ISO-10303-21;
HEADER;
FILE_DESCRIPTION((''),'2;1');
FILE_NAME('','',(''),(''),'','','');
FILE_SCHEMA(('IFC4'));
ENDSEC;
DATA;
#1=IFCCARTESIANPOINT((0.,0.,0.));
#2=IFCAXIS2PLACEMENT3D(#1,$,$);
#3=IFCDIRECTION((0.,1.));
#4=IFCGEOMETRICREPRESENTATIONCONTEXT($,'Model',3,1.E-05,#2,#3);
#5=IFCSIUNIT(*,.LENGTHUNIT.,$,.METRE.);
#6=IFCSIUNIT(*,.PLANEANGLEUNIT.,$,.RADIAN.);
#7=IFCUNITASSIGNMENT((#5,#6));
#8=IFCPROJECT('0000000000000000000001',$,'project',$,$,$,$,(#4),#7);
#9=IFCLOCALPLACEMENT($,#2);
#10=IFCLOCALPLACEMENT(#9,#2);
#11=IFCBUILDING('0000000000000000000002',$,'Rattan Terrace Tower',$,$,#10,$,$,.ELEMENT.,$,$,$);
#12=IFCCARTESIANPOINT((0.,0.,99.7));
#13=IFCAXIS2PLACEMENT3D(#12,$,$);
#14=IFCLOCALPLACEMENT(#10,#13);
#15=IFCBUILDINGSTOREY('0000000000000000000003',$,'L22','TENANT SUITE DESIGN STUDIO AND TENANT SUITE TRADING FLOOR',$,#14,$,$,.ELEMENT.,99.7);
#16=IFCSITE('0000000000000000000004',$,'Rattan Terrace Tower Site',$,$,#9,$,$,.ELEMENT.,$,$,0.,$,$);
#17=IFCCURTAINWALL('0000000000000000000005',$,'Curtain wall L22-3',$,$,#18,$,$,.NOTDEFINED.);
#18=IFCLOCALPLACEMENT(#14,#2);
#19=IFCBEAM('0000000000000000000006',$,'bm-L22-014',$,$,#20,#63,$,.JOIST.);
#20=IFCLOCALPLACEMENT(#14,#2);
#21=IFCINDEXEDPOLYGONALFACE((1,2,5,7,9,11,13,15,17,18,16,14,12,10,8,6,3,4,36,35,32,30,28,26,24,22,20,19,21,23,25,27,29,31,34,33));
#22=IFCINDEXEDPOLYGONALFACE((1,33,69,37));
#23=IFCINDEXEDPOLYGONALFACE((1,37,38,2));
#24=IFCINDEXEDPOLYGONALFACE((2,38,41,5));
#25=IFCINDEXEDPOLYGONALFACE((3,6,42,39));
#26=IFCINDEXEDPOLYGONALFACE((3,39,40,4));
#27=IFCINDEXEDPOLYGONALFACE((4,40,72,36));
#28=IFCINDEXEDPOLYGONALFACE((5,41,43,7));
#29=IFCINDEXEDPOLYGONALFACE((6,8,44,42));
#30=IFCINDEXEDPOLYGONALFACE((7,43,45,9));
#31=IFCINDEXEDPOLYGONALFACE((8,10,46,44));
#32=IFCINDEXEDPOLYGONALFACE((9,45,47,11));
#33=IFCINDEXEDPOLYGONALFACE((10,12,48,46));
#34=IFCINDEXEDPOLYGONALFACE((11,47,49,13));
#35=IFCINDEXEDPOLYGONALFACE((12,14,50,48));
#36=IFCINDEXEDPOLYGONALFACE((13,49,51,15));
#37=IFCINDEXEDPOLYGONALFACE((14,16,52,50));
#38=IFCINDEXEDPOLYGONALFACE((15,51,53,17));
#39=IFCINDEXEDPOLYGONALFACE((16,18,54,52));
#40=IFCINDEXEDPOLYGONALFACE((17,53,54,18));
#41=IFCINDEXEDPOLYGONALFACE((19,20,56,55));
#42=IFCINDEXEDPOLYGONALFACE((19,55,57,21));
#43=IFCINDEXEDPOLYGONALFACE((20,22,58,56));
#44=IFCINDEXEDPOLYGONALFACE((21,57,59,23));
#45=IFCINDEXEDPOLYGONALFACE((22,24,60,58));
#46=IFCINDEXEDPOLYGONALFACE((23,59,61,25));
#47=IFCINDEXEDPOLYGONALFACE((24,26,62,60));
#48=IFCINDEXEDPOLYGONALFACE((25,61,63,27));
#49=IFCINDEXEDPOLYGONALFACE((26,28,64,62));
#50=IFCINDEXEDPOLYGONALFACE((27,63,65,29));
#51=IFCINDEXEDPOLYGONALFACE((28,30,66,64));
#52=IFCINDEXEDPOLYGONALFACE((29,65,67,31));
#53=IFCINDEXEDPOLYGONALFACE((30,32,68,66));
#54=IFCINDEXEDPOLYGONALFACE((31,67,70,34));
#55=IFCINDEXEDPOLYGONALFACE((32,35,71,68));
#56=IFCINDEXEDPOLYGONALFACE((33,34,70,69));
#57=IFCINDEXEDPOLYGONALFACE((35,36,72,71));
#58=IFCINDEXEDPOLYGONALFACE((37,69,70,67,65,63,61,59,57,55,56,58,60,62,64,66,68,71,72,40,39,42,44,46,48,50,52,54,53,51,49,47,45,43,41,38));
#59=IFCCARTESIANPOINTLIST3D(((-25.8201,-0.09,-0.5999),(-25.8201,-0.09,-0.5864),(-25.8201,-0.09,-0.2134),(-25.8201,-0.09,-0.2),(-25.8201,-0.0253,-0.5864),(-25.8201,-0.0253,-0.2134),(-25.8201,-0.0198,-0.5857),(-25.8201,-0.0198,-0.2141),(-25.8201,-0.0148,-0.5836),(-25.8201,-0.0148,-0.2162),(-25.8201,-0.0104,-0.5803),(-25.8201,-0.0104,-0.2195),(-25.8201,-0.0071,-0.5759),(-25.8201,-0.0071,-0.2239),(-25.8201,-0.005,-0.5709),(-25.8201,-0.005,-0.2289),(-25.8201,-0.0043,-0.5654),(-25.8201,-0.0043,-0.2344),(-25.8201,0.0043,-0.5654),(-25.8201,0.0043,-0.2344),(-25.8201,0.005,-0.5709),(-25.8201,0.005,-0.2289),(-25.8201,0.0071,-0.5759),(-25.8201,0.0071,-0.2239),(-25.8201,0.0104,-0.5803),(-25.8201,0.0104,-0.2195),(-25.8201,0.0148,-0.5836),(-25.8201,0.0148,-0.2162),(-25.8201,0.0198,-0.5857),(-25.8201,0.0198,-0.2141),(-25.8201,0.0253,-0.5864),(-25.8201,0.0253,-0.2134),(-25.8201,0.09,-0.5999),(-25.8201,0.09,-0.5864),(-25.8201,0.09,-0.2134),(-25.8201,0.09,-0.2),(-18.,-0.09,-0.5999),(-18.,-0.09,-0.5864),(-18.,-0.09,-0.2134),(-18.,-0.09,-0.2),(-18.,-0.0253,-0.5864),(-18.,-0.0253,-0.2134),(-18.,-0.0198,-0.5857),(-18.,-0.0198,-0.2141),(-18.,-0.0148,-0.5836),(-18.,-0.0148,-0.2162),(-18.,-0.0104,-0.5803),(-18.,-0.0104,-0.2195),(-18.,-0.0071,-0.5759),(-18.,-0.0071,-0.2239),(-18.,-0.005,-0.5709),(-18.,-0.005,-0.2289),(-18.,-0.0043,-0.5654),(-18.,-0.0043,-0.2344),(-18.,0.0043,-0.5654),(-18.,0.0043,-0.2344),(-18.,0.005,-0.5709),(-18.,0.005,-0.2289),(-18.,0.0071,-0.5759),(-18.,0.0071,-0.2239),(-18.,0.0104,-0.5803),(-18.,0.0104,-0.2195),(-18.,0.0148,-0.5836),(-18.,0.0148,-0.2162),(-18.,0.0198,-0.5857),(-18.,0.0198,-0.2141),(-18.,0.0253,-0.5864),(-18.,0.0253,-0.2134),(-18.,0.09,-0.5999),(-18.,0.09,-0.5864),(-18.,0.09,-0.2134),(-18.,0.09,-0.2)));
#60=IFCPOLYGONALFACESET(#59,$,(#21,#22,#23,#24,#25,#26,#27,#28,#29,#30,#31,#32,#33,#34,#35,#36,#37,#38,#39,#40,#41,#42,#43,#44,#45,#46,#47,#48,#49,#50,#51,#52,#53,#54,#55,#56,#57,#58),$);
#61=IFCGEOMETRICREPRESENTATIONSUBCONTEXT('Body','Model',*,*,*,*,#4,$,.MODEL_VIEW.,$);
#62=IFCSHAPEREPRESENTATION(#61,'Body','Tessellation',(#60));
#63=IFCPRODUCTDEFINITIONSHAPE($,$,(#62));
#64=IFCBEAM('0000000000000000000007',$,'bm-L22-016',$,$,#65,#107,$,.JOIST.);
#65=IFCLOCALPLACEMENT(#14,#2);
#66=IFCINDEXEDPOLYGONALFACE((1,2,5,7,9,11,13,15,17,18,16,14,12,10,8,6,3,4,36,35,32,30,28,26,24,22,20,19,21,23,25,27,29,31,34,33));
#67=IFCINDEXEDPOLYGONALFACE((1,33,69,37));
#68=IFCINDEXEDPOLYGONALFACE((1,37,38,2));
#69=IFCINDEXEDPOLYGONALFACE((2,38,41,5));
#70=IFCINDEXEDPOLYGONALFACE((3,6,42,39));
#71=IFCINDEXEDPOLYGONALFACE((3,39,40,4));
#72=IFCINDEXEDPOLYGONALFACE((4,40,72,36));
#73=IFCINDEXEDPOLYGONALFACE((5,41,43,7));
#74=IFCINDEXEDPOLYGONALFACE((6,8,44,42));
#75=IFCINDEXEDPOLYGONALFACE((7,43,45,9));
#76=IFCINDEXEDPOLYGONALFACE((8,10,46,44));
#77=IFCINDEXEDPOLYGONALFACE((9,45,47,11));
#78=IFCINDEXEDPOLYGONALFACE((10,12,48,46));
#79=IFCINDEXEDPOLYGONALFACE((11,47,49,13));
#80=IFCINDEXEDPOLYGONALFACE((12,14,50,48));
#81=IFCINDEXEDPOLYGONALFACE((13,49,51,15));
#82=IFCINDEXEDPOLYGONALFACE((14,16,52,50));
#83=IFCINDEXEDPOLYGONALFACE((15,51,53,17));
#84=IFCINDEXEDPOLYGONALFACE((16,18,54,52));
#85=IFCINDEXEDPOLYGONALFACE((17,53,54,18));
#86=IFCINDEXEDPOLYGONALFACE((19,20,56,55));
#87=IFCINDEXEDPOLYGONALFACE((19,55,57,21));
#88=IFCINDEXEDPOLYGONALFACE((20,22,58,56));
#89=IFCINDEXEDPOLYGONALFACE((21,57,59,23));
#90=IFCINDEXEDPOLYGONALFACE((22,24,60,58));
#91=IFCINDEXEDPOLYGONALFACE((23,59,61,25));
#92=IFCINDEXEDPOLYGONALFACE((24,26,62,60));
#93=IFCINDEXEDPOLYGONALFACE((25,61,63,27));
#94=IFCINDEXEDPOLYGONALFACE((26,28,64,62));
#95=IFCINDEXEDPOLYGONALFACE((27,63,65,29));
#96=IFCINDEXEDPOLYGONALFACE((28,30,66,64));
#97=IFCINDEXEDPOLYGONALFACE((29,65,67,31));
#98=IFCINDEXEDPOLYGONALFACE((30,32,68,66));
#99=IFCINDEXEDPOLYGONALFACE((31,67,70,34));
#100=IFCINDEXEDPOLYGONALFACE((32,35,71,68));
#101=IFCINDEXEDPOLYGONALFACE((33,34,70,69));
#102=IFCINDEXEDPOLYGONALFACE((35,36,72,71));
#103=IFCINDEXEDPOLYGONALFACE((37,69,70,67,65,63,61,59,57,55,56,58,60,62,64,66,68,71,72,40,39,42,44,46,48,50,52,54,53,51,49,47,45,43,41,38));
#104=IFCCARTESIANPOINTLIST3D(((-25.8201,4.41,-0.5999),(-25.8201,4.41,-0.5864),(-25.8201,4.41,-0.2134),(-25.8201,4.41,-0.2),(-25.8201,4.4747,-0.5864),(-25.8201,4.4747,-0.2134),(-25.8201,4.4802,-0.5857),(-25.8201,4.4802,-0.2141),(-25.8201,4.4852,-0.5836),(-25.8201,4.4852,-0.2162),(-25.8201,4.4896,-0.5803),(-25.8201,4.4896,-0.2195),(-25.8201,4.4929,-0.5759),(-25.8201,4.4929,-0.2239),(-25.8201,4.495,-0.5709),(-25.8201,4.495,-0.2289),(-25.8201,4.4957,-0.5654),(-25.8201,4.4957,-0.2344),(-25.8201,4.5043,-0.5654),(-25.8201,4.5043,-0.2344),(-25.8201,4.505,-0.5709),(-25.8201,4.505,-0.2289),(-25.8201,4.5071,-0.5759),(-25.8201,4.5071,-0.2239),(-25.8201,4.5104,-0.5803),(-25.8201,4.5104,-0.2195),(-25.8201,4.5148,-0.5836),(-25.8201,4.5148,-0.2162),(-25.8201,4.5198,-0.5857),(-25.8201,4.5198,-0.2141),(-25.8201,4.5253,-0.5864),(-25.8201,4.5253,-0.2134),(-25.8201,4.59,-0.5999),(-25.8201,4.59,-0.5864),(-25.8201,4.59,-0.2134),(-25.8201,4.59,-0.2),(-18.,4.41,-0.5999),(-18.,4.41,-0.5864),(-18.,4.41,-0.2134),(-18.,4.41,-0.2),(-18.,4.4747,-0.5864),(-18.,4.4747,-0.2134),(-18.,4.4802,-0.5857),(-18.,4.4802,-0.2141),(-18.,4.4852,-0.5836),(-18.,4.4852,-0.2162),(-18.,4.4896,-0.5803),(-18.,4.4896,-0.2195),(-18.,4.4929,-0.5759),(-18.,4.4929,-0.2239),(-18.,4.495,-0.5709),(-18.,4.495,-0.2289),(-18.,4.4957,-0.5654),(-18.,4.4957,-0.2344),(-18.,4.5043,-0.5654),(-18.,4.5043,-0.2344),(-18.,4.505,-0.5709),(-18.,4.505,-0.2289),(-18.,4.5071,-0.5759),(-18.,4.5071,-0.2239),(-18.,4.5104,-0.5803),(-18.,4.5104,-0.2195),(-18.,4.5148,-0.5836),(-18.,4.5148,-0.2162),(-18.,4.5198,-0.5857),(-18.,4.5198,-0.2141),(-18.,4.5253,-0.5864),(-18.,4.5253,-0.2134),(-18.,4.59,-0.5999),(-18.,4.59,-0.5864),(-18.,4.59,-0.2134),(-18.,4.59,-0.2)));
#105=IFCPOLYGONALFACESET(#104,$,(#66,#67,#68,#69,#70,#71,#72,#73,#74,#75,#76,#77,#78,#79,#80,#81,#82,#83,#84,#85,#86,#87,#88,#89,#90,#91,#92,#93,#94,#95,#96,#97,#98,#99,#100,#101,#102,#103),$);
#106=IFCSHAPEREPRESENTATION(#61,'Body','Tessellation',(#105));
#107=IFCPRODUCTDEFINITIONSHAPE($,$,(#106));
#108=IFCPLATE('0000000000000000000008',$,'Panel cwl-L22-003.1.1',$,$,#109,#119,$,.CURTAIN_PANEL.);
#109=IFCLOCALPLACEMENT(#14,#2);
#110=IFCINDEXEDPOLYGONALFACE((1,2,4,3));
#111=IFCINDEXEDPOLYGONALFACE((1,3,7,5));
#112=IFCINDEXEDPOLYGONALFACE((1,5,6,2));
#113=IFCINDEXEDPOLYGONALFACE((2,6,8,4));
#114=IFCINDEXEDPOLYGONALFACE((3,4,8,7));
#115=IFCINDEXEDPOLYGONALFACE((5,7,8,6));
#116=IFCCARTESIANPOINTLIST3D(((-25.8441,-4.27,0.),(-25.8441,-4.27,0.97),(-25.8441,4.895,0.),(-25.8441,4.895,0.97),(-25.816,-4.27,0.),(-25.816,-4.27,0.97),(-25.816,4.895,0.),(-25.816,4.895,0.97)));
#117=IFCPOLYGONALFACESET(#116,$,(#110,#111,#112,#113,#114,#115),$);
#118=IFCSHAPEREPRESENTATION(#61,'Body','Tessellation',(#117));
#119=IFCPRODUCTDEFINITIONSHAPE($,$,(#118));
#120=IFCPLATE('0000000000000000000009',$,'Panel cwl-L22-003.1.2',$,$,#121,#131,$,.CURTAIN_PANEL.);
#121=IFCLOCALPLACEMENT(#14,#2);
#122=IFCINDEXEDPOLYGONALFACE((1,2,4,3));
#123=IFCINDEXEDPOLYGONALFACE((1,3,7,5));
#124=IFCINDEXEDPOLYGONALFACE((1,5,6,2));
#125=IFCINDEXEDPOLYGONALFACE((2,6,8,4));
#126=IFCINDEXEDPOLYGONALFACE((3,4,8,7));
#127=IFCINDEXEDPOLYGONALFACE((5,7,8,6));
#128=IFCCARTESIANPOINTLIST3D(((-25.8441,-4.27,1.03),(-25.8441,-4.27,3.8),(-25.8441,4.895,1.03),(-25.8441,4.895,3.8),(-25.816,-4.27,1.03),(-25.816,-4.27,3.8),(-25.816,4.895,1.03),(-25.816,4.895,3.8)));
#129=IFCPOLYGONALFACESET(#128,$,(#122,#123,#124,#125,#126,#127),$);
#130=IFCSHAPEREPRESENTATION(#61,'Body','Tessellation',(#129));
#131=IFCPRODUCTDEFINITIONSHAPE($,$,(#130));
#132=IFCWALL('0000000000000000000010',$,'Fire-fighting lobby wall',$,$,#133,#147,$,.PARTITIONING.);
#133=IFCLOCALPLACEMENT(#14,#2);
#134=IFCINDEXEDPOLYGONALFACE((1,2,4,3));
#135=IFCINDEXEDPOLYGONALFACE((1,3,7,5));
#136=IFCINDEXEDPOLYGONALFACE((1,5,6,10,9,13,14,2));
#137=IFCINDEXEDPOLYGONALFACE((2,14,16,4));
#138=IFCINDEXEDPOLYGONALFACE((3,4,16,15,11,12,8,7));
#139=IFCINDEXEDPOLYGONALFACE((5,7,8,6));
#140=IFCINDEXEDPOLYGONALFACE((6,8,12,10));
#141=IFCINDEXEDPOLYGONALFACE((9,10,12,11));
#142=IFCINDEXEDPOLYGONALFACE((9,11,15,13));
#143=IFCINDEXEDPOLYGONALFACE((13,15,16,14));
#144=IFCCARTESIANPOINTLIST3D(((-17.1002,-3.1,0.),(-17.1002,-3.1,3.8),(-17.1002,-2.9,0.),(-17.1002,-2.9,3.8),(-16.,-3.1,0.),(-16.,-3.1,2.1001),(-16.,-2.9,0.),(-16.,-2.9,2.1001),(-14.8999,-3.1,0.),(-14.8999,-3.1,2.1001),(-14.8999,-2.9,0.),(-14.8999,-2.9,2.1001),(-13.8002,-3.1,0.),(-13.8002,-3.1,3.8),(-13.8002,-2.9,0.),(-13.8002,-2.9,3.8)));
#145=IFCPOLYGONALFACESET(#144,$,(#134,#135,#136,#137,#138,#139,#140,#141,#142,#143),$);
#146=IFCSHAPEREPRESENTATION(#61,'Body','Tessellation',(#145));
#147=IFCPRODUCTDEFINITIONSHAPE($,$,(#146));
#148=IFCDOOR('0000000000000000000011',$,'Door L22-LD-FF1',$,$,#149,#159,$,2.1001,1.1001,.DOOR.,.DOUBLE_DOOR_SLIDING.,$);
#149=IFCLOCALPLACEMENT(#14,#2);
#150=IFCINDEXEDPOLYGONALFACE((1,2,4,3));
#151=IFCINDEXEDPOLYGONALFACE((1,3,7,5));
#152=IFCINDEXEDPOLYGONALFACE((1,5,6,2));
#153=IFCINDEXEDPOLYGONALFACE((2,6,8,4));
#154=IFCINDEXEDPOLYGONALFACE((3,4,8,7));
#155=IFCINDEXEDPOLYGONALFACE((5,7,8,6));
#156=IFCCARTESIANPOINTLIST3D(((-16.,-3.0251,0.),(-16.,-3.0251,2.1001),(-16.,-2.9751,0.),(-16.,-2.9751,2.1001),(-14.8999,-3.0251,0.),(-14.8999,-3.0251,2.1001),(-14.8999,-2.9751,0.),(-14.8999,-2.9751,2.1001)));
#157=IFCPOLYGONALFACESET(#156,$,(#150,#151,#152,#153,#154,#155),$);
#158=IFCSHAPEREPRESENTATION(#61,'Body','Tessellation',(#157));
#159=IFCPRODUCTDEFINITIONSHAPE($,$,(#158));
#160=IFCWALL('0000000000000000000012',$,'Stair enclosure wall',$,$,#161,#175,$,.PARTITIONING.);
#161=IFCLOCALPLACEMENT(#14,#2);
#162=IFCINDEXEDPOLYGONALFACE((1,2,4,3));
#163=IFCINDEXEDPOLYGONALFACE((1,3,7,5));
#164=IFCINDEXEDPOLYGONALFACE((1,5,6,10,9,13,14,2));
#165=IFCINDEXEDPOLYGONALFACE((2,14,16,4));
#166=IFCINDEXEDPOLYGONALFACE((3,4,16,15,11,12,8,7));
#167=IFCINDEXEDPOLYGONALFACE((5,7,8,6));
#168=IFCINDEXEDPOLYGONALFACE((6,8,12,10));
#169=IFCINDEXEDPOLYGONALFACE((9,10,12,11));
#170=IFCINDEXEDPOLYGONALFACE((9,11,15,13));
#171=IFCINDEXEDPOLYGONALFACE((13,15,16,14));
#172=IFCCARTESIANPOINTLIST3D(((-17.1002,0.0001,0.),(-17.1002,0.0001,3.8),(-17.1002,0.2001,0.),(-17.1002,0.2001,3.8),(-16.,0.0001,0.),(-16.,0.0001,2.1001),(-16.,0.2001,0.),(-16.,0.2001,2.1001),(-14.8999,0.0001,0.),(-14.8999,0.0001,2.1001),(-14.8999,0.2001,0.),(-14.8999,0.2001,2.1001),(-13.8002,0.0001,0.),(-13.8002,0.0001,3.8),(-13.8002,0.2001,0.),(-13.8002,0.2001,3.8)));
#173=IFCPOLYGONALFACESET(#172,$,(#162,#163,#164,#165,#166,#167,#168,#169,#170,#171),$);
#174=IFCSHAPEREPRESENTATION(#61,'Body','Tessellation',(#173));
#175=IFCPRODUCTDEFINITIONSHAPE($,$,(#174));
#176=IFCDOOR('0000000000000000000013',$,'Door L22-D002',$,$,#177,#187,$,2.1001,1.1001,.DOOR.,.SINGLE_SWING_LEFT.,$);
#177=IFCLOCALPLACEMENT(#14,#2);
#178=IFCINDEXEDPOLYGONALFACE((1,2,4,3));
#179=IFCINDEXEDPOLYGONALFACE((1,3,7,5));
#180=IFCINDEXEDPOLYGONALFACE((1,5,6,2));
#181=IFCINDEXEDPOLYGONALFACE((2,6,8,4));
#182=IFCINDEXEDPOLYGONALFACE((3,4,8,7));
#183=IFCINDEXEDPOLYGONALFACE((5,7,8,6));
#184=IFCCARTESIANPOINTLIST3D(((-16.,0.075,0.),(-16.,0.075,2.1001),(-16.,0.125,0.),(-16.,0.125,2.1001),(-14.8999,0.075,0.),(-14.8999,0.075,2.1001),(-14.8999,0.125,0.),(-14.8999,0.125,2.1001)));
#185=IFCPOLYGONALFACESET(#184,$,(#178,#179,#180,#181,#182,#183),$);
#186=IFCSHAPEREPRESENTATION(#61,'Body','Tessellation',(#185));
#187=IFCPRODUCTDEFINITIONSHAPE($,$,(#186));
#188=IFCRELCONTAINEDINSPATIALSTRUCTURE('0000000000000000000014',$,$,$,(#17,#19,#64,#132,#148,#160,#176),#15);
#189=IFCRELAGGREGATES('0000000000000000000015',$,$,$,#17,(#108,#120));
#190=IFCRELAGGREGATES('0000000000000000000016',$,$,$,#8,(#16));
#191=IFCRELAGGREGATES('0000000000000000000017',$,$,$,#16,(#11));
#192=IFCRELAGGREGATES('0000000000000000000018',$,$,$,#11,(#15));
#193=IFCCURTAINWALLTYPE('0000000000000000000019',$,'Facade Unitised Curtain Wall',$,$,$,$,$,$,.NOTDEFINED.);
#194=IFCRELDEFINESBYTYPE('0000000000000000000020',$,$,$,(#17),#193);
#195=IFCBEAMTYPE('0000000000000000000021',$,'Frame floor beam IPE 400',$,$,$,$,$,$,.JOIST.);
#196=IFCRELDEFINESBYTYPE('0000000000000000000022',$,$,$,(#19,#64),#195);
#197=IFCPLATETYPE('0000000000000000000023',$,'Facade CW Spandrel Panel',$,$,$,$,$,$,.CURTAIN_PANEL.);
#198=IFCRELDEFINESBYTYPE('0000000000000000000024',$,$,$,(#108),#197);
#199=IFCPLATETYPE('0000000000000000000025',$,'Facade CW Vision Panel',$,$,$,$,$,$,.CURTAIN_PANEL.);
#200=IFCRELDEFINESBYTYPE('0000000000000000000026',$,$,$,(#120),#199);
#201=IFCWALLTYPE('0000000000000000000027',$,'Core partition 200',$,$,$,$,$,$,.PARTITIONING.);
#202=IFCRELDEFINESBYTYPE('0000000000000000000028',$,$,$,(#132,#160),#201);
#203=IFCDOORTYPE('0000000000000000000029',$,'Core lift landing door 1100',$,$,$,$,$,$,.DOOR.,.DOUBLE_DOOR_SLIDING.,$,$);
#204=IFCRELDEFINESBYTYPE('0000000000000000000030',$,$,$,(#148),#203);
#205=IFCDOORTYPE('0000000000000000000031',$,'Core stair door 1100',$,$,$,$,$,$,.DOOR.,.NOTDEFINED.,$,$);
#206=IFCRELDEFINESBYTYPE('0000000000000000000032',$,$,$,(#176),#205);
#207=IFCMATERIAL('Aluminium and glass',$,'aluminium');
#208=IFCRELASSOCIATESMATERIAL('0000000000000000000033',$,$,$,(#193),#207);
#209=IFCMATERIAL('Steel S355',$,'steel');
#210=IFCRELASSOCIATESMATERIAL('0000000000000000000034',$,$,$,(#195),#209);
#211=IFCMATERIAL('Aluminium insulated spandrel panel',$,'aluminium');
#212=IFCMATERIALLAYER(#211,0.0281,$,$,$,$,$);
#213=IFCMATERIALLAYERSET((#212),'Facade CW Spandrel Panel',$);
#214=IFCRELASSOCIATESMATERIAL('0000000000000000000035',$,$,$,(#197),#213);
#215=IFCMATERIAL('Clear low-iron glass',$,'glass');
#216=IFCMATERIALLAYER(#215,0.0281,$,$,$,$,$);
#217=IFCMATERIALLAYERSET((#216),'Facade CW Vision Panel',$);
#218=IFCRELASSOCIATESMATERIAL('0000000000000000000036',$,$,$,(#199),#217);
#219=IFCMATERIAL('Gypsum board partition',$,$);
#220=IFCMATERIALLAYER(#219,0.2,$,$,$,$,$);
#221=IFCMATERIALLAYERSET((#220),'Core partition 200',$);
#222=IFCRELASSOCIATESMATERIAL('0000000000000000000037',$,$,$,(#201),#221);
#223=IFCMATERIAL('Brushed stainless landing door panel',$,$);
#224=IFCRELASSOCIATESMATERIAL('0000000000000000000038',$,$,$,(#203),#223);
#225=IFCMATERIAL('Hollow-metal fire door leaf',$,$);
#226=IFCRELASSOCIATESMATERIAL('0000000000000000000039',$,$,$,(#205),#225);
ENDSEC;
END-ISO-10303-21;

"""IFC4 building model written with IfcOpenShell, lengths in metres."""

from ifc_helpers import new_model, si_unit, direction, frame, frame_2d, origin, origin_2d, place, context, subcontext, project, spatial, rectangle, i_section, extrude, material, layer, layer_set, material_profile, profile_set, type_object, element, fill, aggregate, save


model = new_model("IFC4")

# Units and contexts
model_context = context("Model", 3, precision=1e-05, world=origin(), true_north=direction((0.0, 1.0)))
body_context = subcontext(model_context, "Body", "Model", "MODEL_VIEW")
ifc_project = project(units=[si_unit("LENGTHUNIT", "METRE"), si_unit("PLANEANGLEUNIT", "RADIAN")], contexts=[model_context])

# Site, building, storey
site_placement = place(None, origin())
site = spatial("IfcSite", under=ifc_project, at=site_placement, Name="Rattan Terrace Tower Site", CompositionType="ELEMENT", RefElevation=0.0)
building_placement = place(site_placement, origin())
building = spatial("IfcBuilding", under=site, at=building_placement, Name="Rattan Terrace Tower", CompositionType="ELEMENT")
storey_placement = place(building_placement, frame((0.0, 0.0, 99.7)))
storey = spatial("IfcBuildingStorey", under=building, at=storey_placement, Name="L22", Description="TENANT SUITE DESIGN STUDIO AND TENANT SUITE TRADING FLOOR", CompositionType="ELEMENT", Elevation=99.7)

# Curtain wall
ifc_material_1 = material(Name="Aluminium and glass", Category="aluminium")
curtain_wall_type = type_object("IfcCurtainWallType", Name="Facade Unitised Curtain Wall", PredefinedType="NOTDEFINED", material=ifc_material_1)
curtain_wall_placement = place(storey_placement, origin())
curtain_wall = element("IfcCurtainWall", 1, at=curtain_wall_placement, inside=storey, type_object=curtain_wall_type, Name="Curtain wall L22-3", PredefinedType="NOTDEFINED")

# Beams
ifc_material_2 = material(Name="Steel S355", Category="steel")
ifc_material_profile_1 = material_profile(ifc_material_2, i_section(OverallWidth=0.1799, OverallDepth=0.3999, WebThickness=0.0085, FlangeThickness=0.0134, FilletRadius=0.021, at=origin_2d()), Name="IPE 400")
ifc_profile_set_1 = profile_set([ifc_material_profile_1], Name="Steel S355")
beam_type_1 = type_object("IfcBeamType", Name="Frame floor beam IPE 400", PredefinedType="JOIST", material=ifc_profile_set_1)
for number, where, z_axis, x_axis, name in (
    (2, (-25.8201, 0.0, -0.3999), (1.0, 0.0, 0.0), (0.0, 1.0, 0.0), "bm-L22-014"),
    (3, (-25.8201, 4.5, -0.3999), (1.0, 0.0, 0.0), (0.0, 1.0, 0.0), "bm-L22-016"),
):
    element("IfcBeam", number, at=place(storey_placement, frame(where, z_axis=z_axis, x_axis=x_axis)), inside=storey, type_object=beam_type_1, Name=name, PredefinedType="JOIST", context=body_context, shape_type="SweptSolid", body=[
        extrude(i_section(OverallWidth=0.1799, OverallDepth=0.3999, WebThickness=0.0085, FlangeThickness=0.0134, FilletRadius=0.021, at=origin_2d()), origin(), (0.0, 0.0, 1.0), 7.8201),
    ])

# Plates
ifc_material_3 = material(Name="Aluminium insulated spandrel panel", Category="aluminium")
ifc_layer_1 = layer(ifc_material_3, 0.0281)
ifc_layer_set_1 = layer_set([ifc_layer_1], Name="Facade CW Spandrel Panel")
plate_type_1 = type_object("IfcPlateType", Name="Facade CW Spandrel Panel", PredefinedType="CURTAIN_PANEL", material=ifc_layer_set_1)
plate_1_placement = place(storey_placement, frame((-25.8301, 0.3125, 0.0), z_axis=(0.0, 0.0, 1.0), x_axis=(0.0, -1.0, 0.0)))
plate_1 = element("IfcPlate", 4, at=plate_1_placement, type_object=plate_type_1, Name="Panel cwl-L22-003.1.1", PredefinedType="CURTAIN_PANEL", context=body_context, shape_type="SweptSolid", body=[
    extrude(rectangle(XDim=9.165, YDim=0.0281, at=origin_2d()), origin(), (0.0, 0.0, 1.0), 0.97),
])
ifc_material_4 = material(Name="Clear low-iron glass", Category="glass")
ifc_layer_2 = layer(ifc_material_4, 0.0281)
ifc_layer_set_2 = layer_set([ifc_layer_2], Name="Facade CW Vision Panel")
plate_type_2 = type_object("IfcPlateType", Name="Facade CW Vision Panel", PredefinedType="CURTAIN_PANEL", material=ifc_layer_set_2)
plate_2_placement = place(storey_placement, frame((-25.8301, 0.3125, 1.03), z_axis=(0.0, 0.0, 1.0), x_axis=(0.0, -1.0, 0.0)))
plate_2 = element("IfcPlate", 5, at=plate_2_placement, type_object=plate_type_2, Name="Panel cwl-L22-003.1.2", PredefinedType="CURTAIN_PANEL", context=body_context, shape_type="SweptSolid", body=[
    extrude(rectangle(XDim=9.165, YDim=0.0281, at=origin_2d()), origin(), (0.0, 0.0, 1.0), 2.77),
])
aggregate(curtain_wall, [plate_1, plate_2])

# Walls, openings, doors
ifc_material_5 = material(Name="Gypsum board partition")
ifc_layer_3 = layer(ifc_material_5, 0.2)
ifc_layer_set_3 = layer_set([ifc_layer_3], Name="Core partition 200")
wall_type_1 = type_object("IfcWallType", Name="Core partition 200", PredefinedType="PARTITIONING", material=ifc_layer_set_3)
wall_1_placement = place(storey_placement, frame((-17.1001, -3.0, 0.0), z_axis=(0.0, 0.0, 1.0), x_axis=(1.0, 0.0, 0.0)))
wall_1 = element("IfcWall", 6, at=wall_1_placement, inside=storey, type_object=wall_type_1, Name="Fire-fighting lobby wall", PredefinedType="PARTITIONING", context=body_context, shape_type="SweptSolid", body=[
    extrude(rectangle(XDim=3.3, YDim=0.2, at=frame_2d((1.6499, 0.0))), origin(), (0.0, 0.0, 1.0), 3.8),
])
opening_1_placement = place(wall_1_placement, frame((1.1001, 0.0, 0.0)))
opening_1 = element("IfcOpeningElement", 7, at=opening_1_placement, cuts=wall_1, PredefinedType="OPENING", context=body_context, shape_type="SweptSolid", body=[
    extrude(rectangle(XDim=1.1001, YDim=2.1001, at=frame_2d((0.55, 1.05))), frame((0.0, 0.1106, 0.0), z_axis=(0.0, -1.0, 0.0), x_axis=(1.0, 0.0, 0.0)), (0.0, 0.0, 1.0), 0.2209),
])
ifc_material_6 = material(Name="Brushed stainless landing door panel")
door_type_1 = type_object("IfcDoorType", Name="Core lift landing door 1100", OperationType="DOUBLE_DOOR_SLIDING", PredefinedType="DOOR", material=ifc_material_6)
door_1_placement = place(opening_1_placement, origin())
door_1 = element("IfcDoor", 8, at=door_1_placement, inside=storey, type_object=door_type_1, Name="Door L22-LD-FF1", OperationType="DOUBLE_DOOR_SLIDING", OverallHeight=2.1001, OverallWidth=1.1001, PredefinedType="DOOR", context=body_context, shape_type="SweptSolid", body=[
    extrude(rectangle(XDim=1.1001, YDim=2.1001, at=frame_2d((0.55, 1.05))), frame((0.0, 0.0249, 0.0), z_axis=(0.0, -1.0, 0.0), x_axis=(1.0, 0.0, 0.0)), (0.0, 0.0, 1.0), 0.05),
])
fill(opening_1, door_1)
wall_2_placement = place(storey_placement, frame((-17.1001, 0.1001, 0.0), z_axis=(0.0, 0.0, 1.0), x_axis=(1.0, 0.0, 0.0)))
wall_2 = element("IfcWall", 9, at=wall_2_placement, inside=storey, type_object=wall_type_1, Name="Stair enclosure wall", PredefinedType="PARTITIONING", context=body_context, shape_type="SweptSolid", body=[
    extrude(rectangle(XDim=3.3, YDim=0.2, at=frame_2d((1.6499, 0.0))), origin(), (0.0, 0.0, 1.0), 3.8),
])
opening_2_placement = place(wall_2_placement, frame((1.1001, 0.0, 0.0)))
opening_2 = element("IfcOpeningElement", 10, at=opening_2_placement, cuts=wall_2, PredefinedType="OPENING", context=body_context, shape_type="SweptSolid", body=[
    extrude(rectangle(XDim=1.1001, YDim=2.1001, at=frame_2d((0.55, 1.05))), frame((0.0, 0.1106, 0.0), z_axis=(0.0, -1.0, 0.0), x_axis=(1.0, 0.0, 0.0)), (0.0, 0.0, 1.0), 0.2209),
])
ifc_material_7 = material(Name="Hollow-metal fire door leaf")
door_type_2 = type_object("IfcDoorType", Name="Core stair door 1100", OperationType="NOTDEFINED", PredefinedType="DOOR", material=ifc_material_7)
door_2_placement = place(opening_2_placement, origin())
door_2 = element("IfcDoor", 11, at=door_2_placement, inside=storey, type_object=door_type_2, Name="Door L22-D002", OperationType="SINGLE_SWING_LEFT", OverallHeight=2.1001, OverallWidth=1.1001, PredefinedType="DOOR", context=body_context, shape_type="SweptSolid", body=[
    extrude(rectangle(XDim=1.1001, YDim=2.1001, at=frame_2d((0.55, 1.05))), frame((0.0, 0.0249, 0.0), z_axis=(0.0, -1.0, 0.0), x_axis=(1.0, 0.0, 0.0)), (0.0, 0.0, 1.0), 0.05),
])
fill(opening_2, door_2)

save(model, "model.ifc")
